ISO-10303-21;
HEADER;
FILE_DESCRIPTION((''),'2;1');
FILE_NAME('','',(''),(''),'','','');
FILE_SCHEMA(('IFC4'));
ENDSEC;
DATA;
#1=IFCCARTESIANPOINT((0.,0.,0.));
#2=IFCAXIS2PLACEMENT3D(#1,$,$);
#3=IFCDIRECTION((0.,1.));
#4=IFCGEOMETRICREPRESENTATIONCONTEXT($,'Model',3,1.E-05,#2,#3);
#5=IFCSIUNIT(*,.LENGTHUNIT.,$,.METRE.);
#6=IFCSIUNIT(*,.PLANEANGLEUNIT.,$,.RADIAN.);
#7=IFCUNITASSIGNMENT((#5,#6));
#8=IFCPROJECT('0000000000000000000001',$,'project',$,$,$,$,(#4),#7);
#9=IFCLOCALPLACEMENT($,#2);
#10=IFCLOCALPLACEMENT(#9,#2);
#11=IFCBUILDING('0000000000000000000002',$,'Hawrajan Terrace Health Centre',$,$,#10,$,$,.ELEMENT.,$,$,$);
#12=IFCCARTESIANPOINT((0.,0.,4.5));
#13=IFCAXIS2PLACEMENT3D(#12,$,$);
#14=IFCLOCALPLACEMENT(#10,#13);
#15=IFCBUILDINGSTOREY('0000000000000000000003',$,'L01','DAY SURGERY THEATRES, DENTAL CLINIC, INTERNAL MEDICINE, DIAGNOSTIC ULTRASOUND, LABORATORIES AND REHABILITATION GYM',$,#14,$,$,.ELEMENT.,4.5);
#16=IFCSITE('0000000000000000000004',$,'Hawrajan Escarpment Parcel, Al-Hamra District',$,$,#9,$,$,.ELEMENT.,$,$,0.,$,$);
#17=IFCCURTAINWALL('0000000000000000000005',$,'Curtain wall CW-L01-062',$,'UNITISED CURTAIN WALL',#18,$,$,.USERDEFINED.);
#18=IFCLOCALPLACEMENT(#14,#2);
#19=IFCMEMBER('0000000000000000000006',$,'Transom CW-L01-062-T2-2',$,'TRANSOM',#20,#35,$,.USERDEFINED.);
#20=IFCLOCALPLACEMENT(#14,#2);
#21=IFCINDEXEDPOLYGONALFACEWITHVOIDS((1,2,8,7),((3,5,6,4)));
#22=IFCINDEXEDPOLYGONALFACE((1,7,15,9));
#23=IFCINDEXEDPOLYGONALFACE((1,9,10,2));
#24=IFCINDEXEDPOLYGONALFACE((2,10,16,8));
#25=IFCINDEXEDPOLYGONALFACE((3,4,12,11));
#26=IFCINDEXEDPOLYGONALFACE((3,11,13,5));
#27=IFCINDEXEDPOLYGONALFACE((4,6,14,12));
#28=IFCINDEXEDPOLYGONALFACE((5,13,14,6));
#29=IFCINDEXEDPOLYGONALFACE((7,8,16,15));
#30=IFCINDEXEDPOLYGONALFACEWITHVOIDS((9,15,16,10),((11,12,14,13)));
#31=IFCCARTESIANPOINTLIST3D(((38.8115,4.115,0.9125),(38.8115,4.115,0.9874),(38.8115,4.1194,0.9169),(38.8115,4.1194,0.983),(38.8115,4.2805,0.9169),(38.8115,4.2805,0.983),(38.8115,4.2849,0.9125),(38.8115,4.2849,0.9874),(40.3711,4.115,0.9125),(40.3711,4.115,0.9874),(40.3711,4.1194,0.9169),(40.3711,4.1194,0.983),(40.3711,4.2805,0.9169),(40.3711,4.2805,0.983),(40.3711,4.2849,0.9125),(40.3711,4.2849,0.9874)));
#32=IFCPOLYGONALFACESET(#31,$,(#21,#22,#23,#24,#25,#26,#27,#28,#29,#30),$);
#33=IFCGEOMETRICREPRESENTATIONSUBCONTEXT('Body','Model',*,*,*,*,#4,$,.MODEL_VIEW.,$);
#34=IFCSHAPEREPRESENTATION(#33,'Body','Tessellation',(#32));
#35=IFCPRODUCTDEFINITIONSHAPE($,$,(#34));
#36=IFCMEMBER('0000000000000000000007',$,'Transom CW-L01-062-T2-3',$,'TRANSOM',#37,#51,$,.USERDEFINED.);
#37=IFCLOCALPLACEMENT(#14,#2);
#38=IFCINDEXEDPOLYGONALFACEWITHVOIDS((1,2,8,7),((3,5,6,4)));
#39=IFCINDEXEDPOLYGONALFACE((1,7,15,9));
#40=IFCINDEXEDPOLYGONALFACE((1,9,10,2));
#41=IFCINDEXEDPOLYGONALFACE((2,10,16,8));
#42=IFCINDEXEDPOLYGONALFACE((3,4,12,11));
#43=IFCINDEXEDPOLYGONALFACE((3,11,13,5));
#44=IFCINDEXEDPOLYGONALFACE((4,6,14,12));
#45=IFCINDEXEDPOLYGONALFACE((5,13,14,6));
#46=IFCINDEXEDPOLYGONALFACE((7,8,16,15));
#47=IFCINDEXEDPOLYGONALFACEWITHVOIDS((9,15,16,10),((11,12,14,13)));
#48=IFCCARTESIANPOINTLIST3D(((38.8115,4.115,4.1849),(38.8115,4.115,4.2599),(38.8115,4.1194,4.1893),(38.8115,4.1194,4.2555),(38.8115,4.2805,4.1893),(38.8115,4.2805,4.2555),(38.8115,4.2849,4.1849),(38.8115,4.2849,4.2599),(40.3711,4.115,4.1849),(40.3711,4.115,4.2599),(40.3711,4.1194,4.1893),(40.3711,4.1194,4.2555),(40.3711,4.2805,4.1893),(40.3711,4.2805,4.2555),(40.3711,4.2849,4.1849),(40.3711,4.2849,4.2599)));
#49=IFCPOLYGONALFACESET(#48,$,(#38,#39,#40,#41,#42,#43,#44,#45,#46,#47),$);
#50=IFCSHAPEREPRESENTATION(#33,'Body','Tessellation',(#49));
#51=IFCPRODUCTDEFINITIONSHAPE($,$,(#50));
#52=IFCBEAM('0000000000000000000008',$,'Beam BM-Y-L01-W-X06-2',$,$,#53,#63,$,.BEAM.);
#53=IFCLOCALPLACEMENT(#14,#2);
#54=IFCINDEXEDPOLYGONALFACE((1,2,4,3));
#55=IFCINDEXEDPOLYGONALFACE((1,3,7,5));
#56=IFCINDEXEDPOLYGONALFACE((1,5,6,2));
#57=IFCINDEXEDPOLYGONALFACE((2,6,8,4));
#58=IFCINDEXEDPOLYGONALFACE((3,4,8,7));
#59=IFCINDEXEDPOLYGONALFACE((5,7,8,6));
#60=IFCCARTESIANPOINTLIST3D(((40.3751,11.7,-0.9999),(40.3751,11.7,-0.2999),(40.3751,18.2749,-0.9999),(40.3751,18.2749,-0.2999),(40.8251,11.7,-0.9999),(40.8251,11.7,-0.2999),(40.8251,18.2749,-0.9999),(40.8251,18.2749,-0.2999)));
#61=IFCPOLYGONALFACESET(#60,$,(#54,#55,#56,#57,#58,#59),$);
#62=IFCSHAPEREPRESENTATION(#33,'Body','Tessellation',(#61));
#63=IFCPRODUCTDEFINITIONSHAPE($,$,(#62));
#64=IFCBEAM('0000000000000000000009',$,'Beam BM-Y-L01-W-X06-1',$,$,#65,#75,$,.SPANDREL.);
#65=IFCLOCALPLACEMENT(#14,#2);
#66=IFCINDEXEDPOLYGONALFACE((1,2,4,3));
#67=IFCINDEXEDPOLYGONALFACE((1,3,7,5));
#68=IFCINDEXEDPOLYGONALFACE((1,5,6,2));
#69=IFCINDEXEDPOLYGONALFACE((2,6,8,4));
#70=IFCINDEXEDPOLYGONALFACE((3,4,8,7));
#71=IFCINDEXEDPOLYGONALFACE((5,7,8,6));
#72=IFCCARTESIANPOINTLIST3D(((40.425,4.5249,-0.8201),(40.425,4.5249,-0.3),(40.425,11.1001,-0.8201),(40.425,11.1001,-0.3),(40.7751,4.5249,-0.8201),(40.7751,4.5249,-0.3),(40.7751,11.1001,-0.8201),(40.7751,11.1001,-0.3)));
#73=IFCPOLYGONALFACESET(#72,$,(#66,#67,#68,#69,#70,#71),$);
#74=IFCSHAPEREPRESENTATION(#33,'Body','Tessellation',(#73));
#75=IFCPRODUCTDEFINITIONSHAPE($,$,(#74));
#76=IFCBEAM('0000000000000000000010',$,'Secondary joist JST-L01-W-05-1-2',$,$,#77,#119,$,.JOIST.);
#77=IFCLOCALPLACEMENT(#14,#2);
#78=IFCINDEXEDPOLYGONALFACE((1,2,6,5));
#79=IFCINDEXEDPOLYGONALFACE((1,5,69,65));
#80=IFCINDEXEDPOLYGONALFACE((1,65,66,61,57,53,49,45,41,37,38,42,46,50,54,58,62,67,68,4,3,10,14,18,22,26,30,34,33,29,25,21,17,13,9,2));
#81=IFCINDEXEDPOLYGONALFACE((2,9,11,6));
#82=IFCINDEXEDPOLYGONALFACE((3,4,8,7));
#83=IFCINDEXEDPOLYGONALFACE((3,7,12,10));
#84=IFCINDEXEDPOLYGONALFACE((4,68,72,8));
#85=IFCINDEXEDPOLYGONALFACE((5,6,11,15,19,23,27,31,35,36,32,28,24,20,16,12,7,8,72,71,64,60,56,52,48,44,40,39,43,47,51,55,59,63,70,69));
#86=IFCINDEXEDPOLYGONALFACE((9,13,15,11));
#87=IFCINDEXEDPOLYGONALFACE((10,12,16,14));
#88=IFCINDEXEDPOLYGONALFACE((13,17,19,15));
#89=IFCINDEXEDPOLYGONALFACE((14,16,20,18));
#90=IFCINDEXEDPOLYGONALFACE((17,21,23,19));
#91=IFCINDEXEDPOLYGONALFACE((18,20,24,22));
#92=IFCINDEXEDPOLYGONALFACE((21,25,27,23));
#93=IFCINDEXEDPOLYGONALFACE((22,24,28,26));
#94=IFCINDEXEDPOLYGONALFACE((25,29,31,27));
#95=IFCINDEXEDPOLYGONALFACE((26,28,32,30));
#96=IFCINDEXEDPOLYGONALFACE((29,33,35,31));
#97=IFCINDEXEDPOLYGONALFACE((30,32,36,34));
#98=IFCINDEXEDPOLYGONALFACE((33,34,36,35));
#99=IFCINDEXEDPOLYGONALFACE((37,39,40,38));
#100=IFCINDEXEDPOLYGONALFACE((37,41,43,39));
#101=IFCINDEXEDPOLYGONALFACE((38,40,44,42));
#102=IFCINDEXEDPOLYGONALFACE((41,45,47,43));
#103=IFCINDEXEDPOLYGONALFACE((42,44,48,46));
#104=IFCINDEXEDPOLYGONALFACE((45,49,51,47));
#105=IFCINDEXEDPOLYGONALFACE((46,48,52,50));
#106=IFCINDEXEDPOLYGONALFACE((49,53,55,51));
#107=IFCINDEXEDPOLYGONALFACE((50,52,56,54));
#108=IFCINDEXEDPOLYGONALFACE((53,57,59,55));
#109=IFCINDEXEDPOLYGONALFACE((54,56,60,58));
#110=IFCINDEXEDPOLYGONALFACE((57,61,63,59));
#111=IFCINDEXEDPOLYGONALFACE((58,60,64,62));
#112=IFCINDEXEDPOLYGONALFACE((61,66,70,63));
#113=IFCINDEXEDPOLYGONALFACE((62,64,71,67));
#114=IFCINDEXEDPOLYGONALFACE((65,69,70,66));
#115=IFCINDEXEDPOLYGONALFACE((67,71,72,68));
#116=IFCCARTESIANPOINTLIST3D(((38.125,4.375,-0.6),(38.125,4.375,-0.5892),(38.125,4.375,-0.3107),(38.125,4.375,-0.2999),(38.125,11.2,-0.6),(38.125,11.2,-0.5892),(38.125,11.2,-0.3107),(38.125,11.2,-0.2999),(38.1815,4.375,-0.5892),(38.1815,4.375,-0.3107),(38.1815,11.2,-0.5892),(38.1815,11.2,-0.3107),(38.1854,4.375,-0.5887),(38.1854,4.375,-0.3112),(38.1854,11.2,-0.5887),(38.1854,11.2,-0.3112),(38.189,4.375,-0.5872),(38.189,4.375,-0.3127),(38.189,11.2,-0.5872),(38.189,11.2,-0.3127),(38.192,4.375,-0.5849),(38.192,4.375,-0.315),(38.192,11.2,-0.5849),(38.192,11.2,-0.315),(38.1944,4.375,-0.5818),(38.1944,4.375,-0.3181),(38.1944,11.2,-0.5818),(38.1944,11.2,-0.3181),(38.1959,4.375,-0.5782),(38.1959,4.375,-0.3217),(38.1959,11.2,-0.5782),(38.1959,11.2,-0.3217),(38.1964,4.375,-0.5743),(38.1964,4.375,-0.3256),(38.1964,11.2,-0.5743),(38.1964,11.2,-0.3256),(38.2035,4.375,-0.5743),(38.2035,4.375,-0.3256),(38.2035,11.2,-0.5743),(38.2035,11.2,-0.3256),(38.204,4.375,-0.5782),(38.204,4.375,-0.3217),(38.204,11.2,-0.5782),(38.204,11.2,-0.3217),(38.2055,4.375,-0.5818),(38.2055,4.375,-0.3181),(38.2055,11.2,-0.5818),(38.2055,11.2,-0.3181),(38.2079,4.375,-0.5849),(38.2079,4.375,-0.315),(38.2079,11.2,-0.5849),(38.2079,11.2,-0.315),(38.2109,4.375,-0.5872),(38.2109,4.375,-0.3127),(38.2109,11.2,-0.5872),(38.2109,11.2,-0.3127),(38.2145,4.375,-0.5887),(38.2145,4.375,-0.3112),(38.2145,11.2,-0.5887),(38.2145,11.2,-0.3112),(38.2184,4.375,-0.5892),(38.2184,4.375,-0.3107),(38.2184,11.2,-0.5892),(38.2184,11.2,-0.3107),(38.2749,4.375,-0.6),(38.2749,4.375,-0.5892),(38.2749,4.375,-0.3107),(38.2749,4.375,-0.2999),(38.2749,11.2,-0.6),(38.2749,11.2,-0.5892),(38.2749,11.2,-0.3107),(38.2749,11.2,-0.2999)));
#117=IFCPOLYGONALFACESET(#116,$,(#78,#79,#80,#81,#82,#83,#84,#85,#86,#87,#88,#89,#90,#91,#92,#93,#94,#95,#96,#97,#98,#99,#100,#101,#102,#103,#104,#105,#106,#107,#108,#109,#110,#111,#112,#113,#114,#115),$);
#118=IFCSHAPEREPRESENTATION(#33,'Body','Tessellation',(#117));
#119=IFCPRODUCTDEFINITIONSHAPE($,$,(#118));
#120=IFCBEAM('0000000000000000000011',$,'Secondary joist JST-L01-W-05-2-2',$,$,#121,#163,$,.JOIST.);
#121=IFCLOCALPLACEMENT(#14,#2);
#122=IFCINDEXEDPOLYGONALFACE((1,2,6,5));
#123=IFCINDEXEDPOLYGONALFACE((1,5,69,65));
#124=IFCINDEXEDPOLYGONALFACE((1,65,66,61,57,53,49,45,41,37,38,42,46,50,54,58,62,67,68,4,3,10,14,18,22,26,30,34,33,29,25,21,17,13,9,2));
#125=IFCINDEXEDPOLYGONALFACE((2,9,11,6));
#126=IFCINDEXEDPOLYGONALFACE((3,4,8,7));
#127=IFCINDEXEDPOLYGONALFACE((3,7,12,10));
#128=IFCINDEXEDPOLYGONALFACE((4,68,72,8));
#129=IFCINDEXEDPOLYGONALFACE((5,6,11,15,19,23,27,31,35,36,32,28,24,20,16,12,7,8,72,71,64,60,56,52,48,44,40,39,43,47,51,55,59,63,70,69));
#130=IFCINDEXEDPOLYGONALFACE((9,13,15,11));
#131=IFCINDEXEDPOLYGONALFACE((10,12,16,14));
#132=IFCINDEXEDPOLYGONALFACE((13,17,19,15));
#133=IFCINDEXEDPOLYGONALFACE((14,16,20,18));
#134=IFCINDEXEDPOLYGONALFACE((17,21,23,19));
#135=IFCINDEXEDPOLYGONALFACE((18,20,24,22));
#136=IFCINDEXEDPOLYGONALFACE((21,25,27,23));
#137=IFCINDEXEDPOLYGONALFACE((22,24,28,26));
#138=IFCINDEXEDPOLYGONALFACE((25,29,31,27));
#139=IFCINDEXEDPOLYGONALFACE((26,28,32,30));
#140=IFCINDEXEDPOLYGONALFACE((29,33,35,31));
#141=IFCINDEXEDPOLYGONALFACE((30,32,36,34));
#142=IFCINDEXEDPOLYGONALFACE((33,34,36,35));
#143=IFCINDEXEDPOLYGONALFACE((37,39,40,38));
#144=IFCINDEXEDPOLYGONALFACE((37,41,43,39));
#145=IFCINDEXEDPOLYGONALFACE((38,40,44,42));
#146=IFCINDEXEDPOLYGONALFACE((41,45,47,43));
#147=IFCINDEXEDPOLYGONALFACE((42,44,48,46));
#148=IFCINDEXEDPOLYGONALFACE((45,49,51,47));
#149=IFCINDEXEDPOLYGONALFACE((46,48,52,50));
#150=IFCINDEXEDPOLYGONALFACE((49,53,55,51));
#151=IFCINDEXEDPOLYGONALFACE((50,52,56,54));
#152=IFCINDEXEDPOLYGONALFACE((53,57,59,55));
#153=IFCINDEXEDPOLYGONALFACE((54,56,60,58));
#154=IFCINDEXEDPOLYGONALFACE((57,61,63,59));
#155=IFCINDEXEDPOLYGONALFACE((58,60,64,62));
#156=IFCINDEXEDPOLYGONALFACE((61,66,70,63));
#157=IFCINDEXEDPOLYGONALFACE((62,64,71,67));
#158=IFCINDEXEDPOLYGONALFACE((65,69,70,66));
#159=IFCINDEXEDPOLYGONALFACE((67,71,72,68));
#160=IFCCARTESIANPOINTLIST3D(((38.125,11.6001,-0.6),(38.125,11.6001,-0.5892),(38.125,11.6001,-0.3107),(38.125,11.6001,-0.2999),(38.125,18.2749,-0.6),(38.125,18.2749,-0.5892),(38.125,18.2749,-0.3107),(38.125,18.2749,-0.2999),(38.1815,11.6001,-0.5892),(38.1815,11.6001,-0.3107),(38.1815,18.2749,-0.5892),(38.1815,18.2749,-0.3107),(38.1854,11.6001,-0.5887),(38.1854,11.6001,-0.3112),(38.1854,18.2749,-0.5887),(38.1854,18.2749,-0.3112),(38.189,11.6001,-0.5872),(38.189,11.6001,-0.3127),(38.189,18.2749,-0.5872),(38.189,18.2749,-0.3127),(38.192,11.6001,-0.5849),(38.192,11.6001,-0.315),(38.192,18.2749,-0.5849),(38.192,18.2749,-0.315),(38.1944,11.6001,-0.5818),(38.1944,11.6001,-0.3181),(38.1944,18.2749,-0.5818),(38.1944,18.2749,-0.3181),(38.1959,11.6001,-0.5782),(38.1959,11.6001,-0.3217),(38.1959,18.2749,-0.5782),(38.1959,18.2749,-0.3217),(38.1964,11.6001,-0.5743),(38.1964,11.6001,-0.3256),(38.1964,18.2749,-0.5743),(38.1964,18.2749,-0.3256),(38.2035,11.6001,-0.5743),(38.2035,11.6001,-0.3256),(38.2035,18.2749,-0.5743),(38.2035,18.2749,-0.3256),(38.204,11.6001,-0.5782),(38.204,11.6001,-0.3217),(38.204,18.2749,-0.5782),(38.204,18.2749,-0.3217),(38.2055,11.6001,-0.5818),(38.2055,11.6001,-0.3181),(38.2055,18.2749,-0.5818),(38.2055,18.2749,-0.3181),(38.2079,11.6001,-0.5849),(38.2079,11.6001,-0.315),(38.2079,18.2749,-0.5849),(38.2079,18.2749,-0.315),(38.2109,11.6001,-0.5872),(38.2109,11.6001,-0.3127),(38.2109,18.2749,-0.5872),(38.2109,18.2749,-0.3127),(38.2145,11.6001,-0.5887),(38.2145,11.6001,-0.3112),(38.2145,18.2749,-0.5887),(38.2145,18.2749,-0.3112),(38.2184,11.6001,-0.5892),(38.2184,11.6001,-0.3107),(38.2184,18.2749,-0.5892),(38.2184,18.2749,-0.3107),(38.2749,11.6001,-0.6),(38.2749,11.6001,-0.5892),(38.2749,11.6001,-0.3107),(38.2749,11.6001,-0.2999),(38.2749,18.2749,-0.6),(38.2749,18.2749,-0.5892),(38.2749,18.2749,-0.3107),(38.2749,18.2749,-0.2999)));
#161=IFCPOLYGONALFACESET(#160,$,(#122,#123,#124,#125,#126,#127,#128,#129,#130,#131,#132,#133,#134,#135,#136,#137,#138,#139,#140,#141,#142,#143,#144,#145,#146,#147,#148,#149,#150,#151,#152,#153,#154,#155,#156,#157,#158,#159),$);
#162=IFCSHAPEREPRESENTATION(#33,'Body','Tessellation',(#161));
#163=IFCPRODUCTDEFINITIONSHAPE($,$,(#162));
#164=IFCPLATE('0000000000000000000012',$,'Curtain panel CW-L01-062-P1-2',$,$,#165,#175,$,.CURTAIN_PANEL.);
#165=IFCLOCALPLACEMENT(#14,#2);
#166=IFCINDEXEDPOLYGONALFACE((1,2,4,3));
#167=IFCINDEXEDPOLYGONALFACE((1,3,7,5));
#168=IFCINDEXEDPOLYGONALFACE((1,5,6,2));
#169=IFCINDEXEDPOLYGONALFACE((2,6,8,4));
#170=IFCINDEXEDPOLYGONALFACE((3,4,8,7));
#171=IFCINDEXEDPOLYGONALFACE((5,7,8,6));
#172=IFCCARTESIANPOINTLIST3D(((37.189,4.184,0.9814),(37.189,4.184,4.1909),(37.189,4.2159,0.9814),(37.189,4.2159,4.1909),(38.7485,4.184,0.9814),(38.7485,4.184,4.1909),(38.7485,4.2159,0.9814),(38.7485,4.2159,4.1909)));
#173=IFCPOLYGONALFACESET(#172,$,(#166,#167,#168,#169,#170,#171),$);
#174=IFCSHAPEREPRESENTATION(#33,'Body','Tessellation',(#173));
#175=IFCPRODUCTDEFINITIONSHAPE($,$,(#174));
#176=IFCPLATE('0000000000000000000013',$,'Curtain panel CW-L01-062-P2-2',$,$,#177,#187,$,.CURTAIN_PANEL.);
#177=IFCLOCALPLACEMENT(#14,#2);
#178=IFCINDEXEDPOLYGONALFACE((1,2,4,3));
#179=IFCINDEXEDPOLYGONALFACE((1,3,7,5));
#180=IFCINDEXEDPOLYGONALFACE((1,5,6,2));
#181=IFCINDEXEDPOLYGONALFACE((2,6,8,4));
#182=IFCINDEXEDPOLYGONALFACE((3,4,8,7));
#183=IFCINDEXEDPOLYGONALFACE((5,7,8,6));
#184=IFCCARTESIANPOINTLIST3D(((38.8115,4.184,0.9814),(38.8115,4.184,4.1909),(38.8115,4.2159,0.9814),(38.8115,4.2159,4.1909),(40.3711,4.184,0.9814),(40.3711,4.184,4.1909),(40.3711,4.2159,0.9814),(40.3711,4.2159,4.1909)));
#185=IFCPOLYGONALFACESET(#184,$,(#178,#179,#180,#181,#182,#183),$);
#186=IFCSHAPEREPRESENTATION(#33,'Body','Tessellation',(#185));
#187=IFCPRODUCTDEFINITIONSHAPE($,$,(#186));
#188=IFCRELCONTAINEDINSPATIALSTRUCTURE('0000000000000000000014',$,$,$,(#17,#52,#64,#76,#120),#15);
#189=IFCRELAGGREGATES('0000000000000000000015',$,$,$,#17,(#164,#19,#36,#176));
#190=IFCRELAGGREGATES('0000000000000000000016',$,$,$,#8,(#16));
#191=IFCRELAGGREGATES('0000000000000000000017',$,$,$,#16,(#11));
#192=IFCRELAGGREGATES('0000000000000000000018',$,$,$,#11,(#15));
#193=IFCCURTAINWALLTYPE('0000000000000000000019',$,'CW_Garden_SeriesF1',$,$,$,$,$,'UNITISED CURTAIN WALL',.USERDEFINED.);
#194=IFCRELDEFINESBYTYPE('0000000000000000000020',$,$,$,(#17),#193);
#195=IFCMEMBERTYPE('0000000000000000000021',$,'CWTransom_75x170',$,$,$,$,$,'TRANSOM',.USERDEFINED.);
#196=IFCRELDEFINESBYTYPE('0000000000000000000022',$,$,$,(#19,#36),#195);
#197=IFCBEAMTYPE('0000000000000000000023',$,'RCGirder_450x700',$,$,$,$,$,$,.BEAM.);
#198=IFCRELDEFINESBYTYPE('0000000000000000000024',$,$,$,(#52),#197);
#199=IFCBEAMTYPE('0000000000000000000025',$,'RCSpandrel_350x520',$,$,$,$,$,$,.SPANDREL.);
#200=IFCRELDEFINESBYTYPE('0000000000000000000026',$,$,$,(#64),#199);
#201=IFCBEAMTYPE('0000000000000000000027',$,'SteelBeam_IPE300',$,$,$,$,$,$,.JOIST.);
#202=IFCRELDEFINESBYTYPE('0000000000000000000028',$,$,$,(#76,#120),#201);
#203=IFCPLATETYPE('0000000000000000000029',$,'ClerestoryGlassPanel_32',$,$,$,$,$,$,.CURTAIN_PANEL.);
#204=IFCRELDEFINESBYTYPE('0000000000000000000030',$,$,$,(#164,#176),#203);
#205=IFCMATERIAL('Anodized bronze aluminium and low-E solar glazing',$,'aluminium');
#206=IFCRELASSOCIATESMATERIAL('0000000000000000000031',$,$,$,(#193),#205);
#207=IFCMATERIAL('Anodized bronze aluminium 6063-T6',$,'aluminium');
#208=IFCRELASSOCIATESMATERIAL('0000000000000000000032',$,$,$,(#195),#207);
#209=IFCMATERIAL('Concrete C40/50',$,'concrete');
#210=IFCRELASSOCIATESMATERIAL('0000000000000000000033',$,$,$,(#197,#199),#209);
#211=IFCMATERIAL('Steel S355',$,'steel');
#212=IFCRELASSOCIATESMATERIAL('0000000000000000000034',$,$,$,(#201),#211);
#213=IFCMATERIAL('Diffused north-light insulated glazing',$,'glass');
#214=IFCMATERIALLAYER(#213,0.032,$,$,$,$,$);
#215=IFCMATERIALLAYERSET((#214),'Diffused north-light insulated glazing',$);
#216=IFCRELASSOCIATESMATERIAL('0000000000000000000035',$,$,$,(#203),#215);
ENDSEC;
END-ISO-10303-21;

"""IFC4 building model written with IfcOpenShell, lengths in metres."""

from ifc_helpers import new_model, si_unit, direction, frame, origin, origin_2d, place, context, subcontext, project, spatial, rectangle, hollow_rectangle, i_section, extrude, material, layer, layer_set, material_profile, profile_set, type_object, element, aggregate, save


model = new_model("IFC4")

# Units and contexts
model_context = context("Model", 3, precision=1e-05, world=origin(), true_north=direction((0.0, 1.0)))
body_context = subcontext(model_context, "Body", "Model", "MODEL_VIEW")
ifc_project = project(units=[si_unit("LENGTHUNIT", "METRE"), si_unit("PLANEANGLEUNIT", "RADIAN")], contexts=[model_context])

# Site, building, storey
site_placement = place(None, origin())
site = spatial("IfcSite", under=ifc_project, at=site_placement, Name="Hawrajan Escarpment Parcel, Al-Hamra District", CompositionType="ELEMENT", RefElevation=0.0)
building_placement = place(site_placement, origin())
building = spatial("IfcBuilding", under=site, at=building_placement, Name="Hawrajan Terrace Health Centre", CompositionType="ELEMENT")
storey_placement = place(building_placement, frame((0.0, 0.0, 4.5)))
storey = spatial("IfcBuildingStorey", under=building, at=storey_placement, Name="L01", Description="DAY SURGERY THEATRES, DENTAL CLINIC, INTERNAL MEDICINE, DIAGNOSTIC ULTRASOUND, LABORATORIES AND REHABILITATION GYM", CompositionType="ELEMENT", Elevation=4.5)

# Shared definitions
ifc_material_1 = material(Name="Anodized bronze aluminium and low-E solar glazing", Category="aluminium")
ifc_material_2 = material(Name="Anodized bronze aluminium 6063-T6", Category="aluminium")

# Curtain wall, members
curtain_wall_type_1 = type_object("IfcCurtainWallType", Name="CW_Garden_SeriesF1", ElementType="UNITISED CURTAIN WALL", PredefinedType="USERDEFINED", material=ifc_material_1)
curtain_wall_1_placement = place(storey_placement, origin())
curtain_wall_1 = element("IfcCurtainWall", 1, at=curtain_wall_1_placement, inside=storey, type_object=curtain_wall_type_1, Name="Curtain wall CW-L01-062", ObjectType="UNITISED CURTAIN WALL", PredefinedType="USERDEFINED")
ifc_material_profile_1 = material_profile(ifc_material_2, hollow_rectangle(XDim=0.075, YDim=0.1699, WallThickness=0.0044, at=origin_2d()), Name="CW TRN 75x170")
ifc_profile_set_1 = profile_set([ifc_material_profile_1], Name="Anodized bronze aluminium 6063-T6")
member_type_1 = type_object("IfcMemberType", Name="CWTransom_75x170", ElementType="TRANSOM", PredefinedType="USERDEFINED", material=ifc_profile_set_1)
member_1_placement = place(storey_placement, frame((38.8115, 4.2, 0.95), z_axis=(1.0, 0.0, 0.0), x_axis=(0.0, 0.0, 1.0)))
member_1 = element("IfcMember", 2, at=member_1_placement, type_object=member_type_1, Name="Transom CW-L01-062-T2-2", ObjectType="TRANSOM", PredefinedType="USERDEFINED", context=body_context, shape_type="SweptSolid", body=[
    extrude(hollow_rectangle(XDim=0.075, YDim=0.1699, WallThickness=0.0044, at=origin_2d()), origin(), (0.0, 0.0, 1.0), 1.5596),
])
member_2_placement = place(storey_placement, frame((38.8115, 4.2, 4.2224), z_axis=(1.0, 0.0, 0.0), x_axis=(0.0, 0.0, 1.0)))
member_2 = element("IfcMember", 3, at=member_2_placement, type_object=member_type_1, Name="Transom CW-L01-062-T2-3", ObjectType="TRANSOM", PredefinedType="USERDEFINED", context=body_context, shape_type="SweptSolid", body=[
    extrude(hollow_rectangle(XDim=0.075, YDim=0.1699, WallThickness=0.0044, at=origin_2d()), origin(), (0.0, 0.0, 1.0), 1.5596),
])

# Beams
ifc_material_3 = material(Name="Concrete C40/50", Category="concrete")
ifc_material_profile_2 = material_profile(ifc_material_3, rectangle(XDim=0.45, YDim=0.7, at=origin_2d()), Name="RC BM 450x700")
ifc_profile_set_2 = profile_set([ifc_material_profile_2], Name="Concrete C40/50")
beam_type_1 = type_object("IfcBeamType", Name="RCGirder_450x700", PredefinedType="BEAM", material=ifc_profile_set_2)
beam_1_placement = place(storey_placement, frame((40.6001, 11.7, -0.6499), z_axis=(0.0, 1.0, 0.0), x_axis=(-1.0, 0.0, 0.0)))
element("IfcBeam", 4, at=beam_1_placement, inside=storey, type_object=beam_type_1, Name="Beam BM-Y-L01-W-X06-2", PredefinedType="BEAM", context=body_context, shape_type="SweptSolid", body=[
    extrude(rectangle(XDim=0.45, YDim=0.7, at=origin_2d()), origin(), (0.0, 0.0, 1.0), 6.575),
])
ifc_material_profile_3 = material_profile(ifc_material_3, rectangle(XDim=0.3501, YDim=0.52, at=origin_2d()), Name="RC SP 350x520")
ifc_profile_set_3 = profile_set([ifc_material_profile_3], Name="Concrete C40/50")
beam_type_2 = type_object("IfcBeamType", Name="RCSpandrel_350x520", PredefinedType="SPANDREL", material=ifc_profile_set_3)
beam_2_placement = place(storey_placement, frame((40.6001, 4.5249, -0.5601), z_axis=(0.0, 1.0, 0.0), x_axis=(-1.0, 0.0, 0.0)))
element("IfcBeam", 5, at=beam_2_placement, inside=storey, type_object=beam_type_2, Name="Beam BM-Y-L01-W-X06-1", PredefinedType="SPANDREL", context=body_context, shape_type="SweptSolid", body=[
    extrude(rectangle(XDim=0.3501, YDim=0.52, at=origin_2d()), origin(), (0.0, 0.0, 1.0), 6.5752),
])
ifc_material_4 = material(Name="Steel S355", Category="steel")
ifc_material_profile_4 = material_profile(ifc_material_4, i_section(OverallWidth=0.1499, OverallDepth=0.3, WebThickness=0.0071, FlangeThickness=0.0107, FilletRadius=0.0149, at=origin_2d()), Name="IPE 300")
ifc_profile_set_4 = profile_set([ifc_material_profile_4], Name="Steel S355")
beam_type_3 = type_object("IfcBeamType", Name="SteelBeam_IPE300", PredefinedType="JOIST", material=ifc_profile_set_4)
beam_3_placement = place(storey_placement, frame((38.2, 4.375, -0.45), z_axis=(0.0, 1.0, 0.0), x_axis=(-1.0, 0.0, 0.0)))
element("IfcBeam", 6, at=beam_3_placement, inside=storey, type_object=beam_type_3, Name="Secondary joist JST-L01-W-05-1-2", PredefinedType="JOIST", context=body_context, shape_type="SweptSolid", body=[
    extrude(i_section(OverallWidth=0.1499, OverallDepth=0.3, WebThickness=0.0071, FlangeThickness=0.0107, FilletRadius=0.0149, at=origin_2d()), origin(), (0.0, 0.0, 1.0), 6.825),
])
beam_4_placement = place(storey_placement, frame((38.2, 11.6001, -0.45), z_axis=(0.0, 1.0, 0.0), x_axis=(-1.0, 0.0, 0.0)))
element("IfcBeam", 7, at=beam_4_placement, inside=storey, type_object=beam_type_3, Name="Secondary joist JST-L01-W-05-2-2", PredefinedType="JOIST", context=body_context, shape_type="SweptSolid", body=[
    extrude(i_section(OverallWidth=0.1499, OverallDepth=0.3, WebThickness=0.0071, FlangeThickness=0.0107, FilletRadius=0.0149, at=origin_2d()), origin(), (0.0, 0.0, 1.0), 6.6748),
])

# Plates
ifc_material_5 = material(Name="Diffused north-light insulated glazing", Category="glass")
ifc_layer_1 = layer(ifc_material_5, 0.032)
ifc_layer_set_1 = layer_set([ifc_layer_1], Name="Diffused north-light insulated glazing")
plate_type_1 = type_object("IfcPlateType", Name="ClerestoryGlassPanel_32", PredefinedType="CURTAIN_PANEL", material=ifc_layer_set_1)
plate_1_placement = place(storey_placement, frame((37.9688, 4.2, 0.9814), z_axis=(0.0, 0.0, 1.0), x_axis=(1.0, 0.0, 0.0)))
plate_1 = element("IfcPlate", 8, at=plate_1_placement, type_object=plate_type_1, Name="Curtain panel CW-L01-062-P1-2", PredefinedType="CURTAIN_PANEL", context=body_context, shape_type="SweptSolid", body=[
    extrude(rectangle(XDim=1.5596, YDim=0.032, at=origin_2d()), origin(), (0.0, 0.0, 1.0), 3.2095),
])
plate_2_placement = place(storey_placement, frame((39.5913, 4.2, 0.9814), z_axis=(0.0, 0.0, 1.0), x_axis=(1.0, 0.0, 0.0)))
plate_2 = element("IfcPlate", 9, at=plate_2_placement, type_object=plate_type_1, Name="Curtain panel CW-L01-062-P2-2", PredefinedType="CURTAIN_PANEL", context=body_context, shape_type="SweptSolid", body=[
    extrude(rectangle(XDim=1.5596, YDim=0.032, at=origin_2d()), origin(), (0.0, 0.0, 1.0), 3.2095),
])
aggregate(curtain_wall_1, [plate_1, member_1, member_2, plate_2])

save(model, "model.ifc")
